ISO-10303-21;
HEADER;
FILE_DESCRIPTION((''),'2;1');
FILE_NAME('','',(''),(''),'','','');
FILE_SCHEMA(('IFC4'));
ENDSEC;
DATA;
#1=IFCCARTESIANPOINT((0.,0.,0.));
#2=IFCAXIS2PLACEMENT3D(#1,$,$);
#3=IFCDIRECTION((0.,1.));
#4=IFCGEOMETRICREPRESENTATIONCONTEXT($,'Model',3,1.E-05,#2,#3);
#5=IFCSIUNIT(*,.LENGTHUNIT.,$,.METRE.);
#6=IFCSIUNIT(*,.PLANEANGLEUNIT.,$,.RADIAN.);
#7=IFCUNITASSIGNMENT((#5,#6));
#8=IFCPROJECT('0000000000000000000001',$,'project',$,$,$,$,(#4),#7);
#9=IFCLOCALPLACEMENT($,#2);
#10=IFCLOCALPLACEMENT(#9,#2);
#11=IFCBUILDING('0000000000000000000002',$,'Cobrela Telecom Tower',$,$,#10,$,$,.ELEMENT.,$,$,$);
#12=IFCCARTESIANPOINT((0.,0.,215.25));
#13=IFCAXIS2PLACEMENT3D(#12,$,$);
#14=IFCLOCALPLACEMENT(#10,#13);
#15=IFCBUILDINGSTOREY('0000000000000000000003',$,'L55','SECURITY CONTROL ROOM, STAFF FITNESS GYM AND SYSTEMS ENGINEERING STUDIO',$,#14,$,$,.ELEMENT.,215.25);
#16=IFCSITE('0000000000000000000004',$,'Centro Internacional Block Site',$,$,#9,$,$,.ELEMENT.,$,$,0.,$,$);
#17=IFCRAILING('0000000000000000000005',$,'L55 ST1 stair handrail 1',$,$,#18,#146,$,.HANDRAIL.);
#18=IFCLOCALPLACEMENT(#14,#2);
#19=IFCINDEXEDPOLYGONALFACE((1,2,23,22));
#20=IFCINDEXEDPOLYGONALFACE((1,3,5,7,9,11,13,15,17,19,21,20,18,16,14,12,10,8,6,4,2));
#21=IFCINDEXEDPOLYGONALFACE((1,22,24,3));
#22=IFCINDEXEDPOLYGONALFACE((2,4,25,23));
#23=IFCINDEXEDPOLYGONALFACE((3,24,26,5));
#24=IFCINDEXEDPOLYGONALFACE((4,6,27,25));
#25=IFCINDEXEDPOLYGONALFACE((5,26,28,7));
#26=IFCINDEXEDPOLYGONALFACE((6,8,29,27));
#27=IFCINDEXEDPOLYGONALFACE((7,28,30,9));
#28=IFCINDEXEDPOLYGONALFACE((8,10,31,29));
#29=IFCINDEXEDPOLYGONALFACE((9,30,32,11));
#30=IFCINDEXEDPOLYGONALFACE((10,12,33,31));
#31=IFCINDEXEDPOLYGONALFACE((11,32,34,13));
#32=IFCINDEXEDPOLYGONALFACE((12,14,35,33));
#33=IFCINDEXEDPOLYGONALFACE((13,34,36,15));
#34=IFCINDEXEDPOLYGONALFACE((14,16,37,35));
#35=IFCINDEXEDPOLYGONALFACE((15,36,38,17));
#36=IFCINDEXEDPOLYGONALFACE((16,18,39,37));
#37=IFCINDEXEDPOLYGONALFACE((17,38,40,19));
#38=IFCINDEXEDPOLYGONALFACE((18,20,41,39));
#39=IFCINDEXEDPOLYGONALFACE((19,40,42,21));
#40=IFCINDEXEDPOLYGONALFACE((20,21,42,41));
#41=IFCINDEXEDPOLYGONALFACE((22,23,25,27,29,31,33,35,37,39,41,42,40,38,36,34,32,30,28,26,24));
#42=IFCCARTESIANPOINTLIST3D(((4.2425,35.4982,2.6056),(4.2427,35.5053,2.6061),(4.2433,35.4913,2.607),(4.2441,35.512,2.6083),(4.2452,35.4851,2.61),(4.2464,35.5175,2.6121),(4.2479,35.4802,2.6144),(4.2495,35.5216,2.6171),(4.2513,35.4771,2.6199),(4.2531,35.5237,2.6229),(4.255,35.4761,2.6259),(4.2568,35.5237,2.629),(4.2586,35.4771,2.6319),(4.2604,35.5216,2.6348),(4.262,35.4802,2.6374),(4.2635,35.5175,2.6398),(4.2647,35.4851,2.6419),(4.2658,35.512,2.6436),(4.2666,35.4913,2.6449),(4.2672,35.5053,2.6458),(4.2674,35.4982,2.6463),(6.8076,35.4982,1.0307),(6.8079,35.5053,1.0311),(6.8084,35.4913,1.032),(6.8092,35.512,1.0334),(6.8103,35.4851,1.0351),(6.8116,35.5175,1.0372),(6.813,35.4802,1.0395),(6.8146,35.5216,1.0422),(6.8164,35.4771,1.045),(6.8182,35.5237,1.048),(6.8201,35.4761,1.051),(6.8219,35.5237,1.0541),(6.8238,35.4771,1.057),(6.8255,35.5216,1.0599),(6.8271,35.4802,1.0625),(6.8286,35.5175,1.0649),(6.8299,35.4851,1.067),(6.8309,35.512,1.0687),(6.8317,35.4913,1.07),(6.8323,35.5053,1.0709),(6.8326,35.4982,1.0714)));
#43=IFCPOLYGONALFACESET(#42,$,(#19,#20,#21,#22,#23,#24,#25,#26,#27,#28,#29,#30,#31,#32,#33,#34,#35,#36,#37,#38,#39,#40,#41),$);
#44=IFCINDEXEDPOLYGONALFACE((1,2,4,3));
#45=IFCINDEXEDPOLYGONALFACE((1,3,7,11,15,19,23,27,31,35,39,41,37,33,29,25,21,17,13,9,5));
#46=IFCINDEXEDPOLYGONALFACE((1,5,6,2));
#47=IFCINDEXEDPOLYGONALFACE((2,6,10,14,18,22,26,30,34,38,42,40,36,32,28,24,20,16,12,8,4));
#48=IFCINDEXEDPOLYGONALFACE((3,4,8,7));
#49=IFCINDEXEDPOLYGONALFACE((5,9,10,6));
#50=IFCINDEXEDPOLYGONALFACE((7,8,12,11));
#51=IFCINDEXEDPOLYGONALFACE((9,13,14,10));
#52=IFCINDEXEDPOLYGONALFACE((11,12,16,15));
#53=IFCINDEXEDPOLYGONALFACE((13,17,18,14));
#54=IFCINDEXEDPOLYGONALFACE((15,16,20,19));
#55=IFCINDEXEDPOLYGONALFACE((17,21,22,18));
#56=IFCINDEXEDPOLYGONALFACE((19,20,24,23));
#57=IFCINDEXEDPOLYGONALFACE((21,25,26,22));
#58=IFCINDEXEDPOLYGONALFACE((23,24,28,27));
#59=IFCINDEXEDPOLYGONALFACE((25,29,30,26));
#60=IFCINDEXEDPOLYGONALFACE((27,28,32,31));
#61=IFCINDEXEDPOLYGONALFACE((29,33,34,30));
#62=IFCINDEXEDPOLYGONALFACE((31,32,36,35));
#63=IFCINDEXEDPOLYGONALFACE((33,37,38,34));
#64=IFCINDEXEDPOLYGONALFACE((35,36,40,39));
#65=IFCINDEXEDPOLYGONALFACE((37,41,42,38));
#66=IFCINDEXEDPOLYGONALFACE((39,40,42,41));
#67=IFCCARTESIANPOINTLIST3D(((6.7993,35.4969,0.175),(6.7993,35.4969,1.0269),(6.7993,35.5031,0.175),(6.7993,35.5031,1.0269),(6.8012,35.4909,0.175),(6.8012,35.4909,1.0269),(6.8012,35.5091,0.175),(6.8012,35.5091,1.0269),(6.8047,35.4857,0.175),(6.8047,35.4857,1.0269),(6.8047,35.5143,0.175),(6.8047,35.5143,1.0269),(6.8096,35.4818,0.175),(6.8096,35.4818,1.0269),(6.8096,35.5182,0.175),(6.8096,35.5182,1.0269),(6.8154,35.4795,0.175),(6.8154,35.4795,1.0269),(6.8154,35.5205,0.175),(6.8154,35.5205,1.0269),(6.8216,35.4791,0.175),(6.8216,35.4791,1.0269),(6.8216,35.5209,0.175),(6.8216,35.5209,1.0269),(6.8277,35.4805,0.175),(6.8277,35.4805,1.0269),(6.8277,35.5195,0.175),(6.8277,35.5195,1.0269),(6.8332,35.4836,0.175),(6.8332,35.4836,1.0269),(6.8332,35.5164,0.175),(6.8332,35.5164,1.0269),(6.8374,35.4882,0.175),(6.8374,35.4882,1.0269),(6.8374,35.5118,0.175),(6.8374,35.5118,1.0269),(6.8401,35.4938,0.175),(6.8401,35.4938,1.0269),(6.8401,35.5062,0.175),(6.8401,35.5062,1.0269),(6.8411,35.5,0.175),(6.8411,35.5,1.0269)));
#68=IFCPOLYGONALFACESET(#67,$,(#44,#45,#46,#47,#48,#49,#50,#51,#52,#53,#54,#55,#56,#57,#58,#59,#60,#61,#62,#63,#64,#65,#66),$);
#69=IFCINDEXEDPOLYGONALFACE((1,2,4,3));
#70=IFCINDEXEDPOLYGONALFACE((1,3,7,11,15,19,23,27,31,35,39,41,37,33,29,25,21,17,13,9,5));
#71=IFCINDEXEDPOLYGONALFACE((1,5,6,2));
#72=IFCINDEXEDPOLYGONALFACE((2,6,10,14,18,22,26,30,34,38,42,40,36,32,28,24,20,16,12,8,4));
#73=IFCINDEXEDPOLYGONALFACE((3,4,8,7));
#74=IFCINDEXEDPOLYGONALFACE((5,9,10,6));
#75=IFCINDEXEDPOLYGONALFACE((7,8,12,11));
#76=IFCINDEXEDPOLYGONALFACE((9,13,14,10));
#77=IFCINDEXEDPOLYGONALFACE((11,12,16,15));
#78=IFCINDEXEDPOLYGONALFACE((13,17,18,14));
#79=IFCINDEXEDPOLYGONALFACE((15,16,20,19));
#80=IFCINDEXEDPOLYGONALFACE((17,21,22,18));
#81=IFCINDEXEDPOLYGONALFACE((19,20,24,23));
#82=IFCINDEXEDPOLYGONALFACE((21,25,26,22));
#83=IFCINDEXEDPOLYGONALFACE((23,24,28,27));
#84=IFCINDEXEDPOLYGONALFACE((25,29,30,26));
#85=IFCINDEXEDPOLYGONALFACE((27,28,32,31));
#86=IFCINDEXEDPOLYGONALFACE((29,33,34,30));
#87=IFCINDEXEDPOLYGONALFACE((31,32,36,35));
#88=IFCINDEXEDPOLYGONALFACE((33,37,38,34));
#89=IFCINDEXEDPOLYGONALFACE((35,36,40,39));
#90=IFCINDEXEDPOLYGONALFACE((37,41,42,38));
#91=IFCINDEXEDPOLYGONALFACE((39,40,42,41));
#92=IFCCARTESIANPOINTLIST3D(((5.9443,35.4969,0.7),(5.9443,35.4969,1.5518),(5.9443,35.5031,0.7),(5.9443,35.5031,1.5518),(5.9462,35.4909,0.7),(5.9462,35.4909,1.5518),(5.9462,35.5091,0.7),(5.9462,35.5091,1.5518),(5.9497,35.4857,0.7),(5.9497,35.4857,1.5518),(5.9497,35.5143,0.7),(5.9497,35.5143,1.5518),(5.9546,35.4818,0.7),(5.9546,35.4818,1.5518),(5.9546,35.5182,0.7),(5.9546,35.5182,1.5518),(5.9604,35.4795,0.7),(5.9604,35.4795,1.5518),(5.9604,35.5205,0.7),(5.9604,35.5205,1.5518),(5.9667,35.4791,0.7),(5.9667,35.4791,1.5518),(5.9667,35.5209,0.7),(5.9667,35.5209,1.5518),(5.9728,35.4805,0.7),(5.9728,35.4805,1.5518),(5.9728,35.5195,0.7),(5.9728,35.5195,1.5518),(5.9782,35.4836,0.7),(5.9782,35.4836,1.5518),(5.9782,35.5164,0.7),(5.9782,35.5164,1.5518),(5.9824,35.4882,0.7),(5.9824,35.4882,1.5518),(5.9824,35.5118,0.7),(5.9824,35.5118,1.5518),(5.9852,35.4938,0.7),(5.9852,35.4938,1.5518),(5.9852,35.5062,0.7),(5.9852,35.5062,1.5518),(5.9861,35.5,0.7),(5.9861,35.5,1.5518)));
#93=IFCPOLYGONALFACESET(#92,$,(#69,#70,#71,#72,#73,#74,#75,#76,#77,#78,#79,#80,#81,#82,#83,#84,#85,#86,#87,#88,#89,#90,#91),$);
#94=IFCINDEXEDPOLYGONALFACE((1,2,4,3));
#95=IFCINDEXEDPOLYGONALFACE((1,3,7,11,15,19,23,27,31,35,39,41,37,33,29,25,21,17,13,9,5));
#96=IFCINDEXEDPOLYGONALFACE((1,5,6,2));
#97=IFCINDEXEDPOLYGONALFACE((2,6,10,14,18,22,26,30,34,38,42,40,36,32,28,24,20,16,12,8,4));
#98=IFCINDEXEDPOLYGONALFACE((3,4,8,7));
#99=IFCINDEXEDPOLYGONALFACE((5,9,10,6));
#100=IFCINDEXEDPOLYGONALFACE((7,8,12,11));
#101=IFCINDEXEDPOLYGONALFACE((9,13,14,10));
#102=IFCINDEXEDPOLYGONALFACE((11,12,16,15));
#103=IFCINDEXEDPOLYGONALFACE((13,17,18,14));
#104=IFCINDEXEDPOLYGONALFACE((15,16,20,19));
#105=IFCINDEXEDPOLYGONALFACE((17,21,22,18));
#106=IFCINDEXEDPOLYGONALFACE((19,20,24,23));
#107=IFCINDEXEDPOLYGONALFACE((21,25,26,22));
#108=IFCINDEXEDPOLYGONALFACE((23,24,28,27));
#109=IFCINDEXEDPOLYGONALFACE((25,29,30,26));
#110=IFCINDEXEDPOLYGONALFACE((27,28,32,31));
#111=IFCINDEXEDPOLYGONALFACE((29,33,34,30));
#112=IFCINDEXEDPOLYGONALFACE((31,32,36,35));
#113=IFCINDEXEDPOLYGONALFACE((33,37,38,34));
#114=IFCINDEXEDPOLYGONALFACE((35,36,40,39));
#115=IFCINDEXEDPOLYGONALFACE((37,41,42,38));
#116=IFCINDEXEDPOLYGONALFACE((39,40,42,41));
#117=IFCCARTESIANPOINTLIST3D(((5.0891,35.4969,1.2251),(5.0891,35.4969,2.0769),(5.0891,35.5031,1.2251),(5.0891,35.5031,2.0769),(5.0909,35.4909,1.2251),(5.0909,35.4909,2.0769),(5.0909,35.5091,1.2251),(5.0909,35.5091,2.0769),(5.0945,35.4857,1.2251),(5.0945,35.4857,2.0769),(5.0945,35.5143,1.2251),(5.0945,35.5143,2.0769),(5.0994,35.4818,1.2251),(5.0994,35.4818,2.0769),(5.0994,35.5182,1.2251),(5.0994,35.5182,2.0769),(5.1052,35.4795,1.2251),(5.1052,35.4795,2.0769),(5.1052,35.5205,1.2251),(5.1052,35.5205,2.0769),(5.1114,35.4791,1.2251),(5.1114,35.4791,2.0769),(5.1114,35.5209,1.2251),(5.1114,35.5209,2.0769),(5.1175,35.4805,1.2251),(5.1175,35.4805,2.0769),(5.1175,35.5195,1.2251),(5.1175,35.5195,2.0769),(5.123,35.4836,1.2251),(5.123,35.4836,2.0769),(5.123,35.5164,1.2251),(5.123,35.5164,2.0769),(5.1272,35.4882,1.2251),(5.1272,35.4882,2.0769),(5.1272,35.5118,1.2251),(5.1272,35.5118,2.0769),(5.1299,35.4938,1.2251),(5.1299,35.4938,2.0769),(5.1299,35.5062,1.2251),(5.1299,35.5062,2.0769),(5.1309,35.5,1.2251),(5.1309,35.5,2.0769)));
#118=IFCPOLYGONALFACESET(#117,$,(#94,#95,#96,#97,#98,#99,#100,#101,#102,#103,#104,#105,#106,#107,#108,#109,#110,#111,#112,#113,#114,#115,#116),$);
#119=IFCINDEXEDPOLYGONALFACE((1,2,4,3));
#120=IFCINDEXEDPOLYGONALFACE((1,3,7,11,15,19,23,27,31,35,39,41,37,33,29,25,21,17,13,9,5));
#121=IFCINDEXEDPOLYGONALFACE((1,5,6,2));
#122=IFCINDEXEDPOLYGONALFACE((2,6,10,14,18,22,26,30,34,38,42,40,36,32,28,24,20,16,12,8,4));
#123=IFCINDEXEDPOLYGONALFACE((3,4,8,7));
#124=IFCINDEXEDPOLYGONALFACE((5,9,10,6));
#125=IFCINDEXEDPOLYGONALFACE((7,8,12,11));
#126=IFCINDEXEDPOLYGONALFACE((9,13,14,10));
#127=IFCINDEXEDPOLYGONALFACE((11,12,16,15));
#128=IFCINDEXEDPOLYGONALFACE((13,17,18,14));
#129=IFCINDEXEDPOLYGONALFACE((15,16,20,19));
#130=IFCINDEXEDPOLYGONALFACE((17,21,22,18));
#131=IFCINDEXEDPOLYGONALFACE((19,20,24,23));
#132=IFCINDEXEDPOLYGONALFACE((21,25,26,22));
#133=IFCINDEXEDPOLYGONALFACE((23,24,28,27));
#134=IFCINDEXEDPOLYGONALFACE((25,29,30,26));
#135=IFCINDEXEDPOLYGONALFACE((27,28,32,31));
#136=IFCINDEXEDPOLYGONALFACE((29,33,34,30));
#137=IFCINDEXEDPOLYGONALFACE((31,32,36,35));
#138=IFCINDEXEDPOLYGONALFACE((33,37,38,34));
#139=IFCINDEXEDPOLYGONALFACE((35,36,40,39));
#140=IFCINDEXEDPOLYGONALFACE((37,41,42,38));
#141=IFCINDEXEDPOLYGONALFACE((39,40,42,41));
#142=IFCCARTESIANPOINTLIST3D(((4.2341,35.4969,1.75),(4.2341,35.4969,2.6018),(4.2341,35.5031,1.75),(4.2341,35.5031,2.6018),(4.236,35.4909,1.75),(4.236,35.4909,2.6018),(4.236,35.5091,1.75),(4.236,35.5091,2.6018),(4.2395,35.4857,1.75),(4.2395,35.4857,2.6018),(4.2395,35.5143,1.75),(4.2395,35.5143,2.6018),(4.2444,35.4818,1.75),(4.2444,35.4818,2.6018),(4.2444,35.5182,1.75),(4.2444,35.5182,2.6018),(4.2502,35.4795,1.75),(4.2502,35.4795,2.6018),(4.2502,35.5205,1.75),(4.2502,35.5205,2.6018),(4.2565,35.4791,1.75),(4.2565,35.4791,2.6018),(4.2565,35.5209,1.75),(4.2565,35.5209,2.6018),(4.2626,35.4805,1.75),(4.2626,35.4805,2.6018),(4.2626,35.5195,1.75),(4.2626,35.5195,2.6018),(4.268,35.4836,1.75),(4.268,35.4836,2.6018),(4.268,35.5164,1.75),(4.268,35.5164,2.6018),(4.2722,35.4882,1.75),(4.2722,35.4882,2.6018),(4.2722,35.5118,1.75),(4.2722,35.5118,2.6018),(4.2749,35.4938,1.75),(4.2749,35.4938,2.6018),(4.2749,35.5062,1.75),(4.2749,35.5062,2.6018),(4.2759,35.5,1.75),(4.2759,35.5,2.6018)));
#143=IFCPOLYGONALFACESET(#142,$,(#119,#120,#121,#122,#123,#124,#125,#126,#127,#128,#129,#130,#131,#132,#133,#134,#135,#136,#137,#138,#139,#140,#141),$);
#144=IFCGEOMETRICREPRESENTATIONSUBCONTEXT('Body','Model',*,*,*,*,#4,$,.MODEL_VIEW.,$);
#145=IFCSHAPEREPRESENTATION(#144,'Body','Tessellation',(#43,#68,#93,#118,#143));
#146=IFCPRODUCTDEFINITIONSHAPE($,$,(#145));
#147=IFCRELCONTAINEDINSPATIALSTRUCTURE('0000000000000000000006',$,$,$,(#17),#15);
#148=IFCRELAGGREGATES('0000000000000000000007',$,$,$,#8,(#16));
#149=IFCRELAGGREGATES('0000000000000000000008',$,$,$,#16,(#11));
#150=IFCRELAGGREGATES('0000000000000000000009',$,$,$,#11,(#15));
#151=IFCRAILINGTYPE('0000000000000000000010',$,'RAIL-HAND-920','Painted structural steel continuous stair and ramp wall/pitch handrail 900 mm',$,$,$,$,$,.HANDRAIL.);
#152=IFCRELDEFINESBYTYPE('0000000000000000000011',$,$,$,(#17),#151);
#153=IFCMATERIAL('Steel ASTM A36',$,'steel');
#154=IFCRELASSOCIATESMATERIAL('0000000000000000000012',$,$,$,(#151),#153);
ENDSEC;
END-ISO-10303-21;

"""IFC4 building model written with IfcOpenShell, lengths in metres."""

from ifc_helpers import new_model, si_unit, direction, frame, origin, origin_2d, place, context, subcontext, project, spatial, circle, extrude, material, type_object, element, save


model = new_model("IFC4")

# Units and contexts
model_context = context("Model", 3, precision=1e-05, world=origin(), true_north=direction((0.0, 1.0)))
body_context = subcontext(model_context, "Body", "Model", "MODEL_VIEW")
ifc_project = project(units=[si_unit("LENGTHUNIT", "METRE"), si_unit("PLANEANGLEUNIT", "RADIAN")], contexts=[model_context])

# Site, building, storey
site_placement = place(None, origin())
site = spatial("IfcSite", under=ifc_project, at=site_placement, Name="Centro Internacional Block Site", CompositionType="ELEMENT", RefElevation=0.0)
building_placement = place(site_placement, origin())
building = spatial("IfcBuilding", under=site, at=building_placement, Name="Cobrela Telecom Tower", CompositionType="ELEMENT")
storey_placement = place(building_placement, frame((0.0, 0.0, 215.25)))
storey = spatial("IfcBuildingStorey", under=building, at=storey_placement, Name="L55", Description="SECURITY CONTROL ROOM, STAFF FITNESS GYM AND SYSTEMS ENGINEERING STUDIO", CompositionType="ELEMENT", Elevation=215.25)

# Shared definitions
ifc_material_1 = material(Name="Steel ASTM A36", Category="steel")

# Railing
railing_type_1 = type_object("IfcRailingType", Name="RAIL-HAND-920", Description="Painted structural steel continuous stair and ramp wall/pitch handrail 900 mm", PredefinedType="HANDRAIL", material=ifc_material_1)
railing_1_placement = place(storey_placement, frame((6.8201, 35.5, 0.175)))
element("IfcRailing", 1, at=railing_1_placement, inside=storey, type_object=railing_type_1, Name="L55 ST1 stair handrail 1", PredefinedType="HANDRAIL", context=body_context, shape_type="SweptSolid", body=[
    extrude(circle(Radius=0.0239, at=origin_2d()), frame((0.0, 0.0, 0.876), z_axis=(-0.852195, 0.0, 0.523224), x_axis=(0.0, -1.0, 0.0)), (0.0, 0.0, 1.0), 3.01),
    extrude(circle(Radius=0.021, at=origin_2d()), origin(), (0.0, 0.0, 1.0), 0.8518),
    extrude(circle(Radius=0.021, at=origin_2d()), frame((-0.855, 0.0, 0.5249)), (0.0, 0.0, 1.0), 0.8518),
    extrude(circle(Radius=0.021, at=origin_2d()), frame((-1.7102, 0.0, 1.05)), (0.0, 0.0, 1.0), 0.8518),
    extrude(circle(Radius=0.021, at=origin_2d()), frame((-2.5652, 0.0, 1.575)), (0.0, 0.0, 1.0), 0.8518),
])

save(model, "model.ifc")
